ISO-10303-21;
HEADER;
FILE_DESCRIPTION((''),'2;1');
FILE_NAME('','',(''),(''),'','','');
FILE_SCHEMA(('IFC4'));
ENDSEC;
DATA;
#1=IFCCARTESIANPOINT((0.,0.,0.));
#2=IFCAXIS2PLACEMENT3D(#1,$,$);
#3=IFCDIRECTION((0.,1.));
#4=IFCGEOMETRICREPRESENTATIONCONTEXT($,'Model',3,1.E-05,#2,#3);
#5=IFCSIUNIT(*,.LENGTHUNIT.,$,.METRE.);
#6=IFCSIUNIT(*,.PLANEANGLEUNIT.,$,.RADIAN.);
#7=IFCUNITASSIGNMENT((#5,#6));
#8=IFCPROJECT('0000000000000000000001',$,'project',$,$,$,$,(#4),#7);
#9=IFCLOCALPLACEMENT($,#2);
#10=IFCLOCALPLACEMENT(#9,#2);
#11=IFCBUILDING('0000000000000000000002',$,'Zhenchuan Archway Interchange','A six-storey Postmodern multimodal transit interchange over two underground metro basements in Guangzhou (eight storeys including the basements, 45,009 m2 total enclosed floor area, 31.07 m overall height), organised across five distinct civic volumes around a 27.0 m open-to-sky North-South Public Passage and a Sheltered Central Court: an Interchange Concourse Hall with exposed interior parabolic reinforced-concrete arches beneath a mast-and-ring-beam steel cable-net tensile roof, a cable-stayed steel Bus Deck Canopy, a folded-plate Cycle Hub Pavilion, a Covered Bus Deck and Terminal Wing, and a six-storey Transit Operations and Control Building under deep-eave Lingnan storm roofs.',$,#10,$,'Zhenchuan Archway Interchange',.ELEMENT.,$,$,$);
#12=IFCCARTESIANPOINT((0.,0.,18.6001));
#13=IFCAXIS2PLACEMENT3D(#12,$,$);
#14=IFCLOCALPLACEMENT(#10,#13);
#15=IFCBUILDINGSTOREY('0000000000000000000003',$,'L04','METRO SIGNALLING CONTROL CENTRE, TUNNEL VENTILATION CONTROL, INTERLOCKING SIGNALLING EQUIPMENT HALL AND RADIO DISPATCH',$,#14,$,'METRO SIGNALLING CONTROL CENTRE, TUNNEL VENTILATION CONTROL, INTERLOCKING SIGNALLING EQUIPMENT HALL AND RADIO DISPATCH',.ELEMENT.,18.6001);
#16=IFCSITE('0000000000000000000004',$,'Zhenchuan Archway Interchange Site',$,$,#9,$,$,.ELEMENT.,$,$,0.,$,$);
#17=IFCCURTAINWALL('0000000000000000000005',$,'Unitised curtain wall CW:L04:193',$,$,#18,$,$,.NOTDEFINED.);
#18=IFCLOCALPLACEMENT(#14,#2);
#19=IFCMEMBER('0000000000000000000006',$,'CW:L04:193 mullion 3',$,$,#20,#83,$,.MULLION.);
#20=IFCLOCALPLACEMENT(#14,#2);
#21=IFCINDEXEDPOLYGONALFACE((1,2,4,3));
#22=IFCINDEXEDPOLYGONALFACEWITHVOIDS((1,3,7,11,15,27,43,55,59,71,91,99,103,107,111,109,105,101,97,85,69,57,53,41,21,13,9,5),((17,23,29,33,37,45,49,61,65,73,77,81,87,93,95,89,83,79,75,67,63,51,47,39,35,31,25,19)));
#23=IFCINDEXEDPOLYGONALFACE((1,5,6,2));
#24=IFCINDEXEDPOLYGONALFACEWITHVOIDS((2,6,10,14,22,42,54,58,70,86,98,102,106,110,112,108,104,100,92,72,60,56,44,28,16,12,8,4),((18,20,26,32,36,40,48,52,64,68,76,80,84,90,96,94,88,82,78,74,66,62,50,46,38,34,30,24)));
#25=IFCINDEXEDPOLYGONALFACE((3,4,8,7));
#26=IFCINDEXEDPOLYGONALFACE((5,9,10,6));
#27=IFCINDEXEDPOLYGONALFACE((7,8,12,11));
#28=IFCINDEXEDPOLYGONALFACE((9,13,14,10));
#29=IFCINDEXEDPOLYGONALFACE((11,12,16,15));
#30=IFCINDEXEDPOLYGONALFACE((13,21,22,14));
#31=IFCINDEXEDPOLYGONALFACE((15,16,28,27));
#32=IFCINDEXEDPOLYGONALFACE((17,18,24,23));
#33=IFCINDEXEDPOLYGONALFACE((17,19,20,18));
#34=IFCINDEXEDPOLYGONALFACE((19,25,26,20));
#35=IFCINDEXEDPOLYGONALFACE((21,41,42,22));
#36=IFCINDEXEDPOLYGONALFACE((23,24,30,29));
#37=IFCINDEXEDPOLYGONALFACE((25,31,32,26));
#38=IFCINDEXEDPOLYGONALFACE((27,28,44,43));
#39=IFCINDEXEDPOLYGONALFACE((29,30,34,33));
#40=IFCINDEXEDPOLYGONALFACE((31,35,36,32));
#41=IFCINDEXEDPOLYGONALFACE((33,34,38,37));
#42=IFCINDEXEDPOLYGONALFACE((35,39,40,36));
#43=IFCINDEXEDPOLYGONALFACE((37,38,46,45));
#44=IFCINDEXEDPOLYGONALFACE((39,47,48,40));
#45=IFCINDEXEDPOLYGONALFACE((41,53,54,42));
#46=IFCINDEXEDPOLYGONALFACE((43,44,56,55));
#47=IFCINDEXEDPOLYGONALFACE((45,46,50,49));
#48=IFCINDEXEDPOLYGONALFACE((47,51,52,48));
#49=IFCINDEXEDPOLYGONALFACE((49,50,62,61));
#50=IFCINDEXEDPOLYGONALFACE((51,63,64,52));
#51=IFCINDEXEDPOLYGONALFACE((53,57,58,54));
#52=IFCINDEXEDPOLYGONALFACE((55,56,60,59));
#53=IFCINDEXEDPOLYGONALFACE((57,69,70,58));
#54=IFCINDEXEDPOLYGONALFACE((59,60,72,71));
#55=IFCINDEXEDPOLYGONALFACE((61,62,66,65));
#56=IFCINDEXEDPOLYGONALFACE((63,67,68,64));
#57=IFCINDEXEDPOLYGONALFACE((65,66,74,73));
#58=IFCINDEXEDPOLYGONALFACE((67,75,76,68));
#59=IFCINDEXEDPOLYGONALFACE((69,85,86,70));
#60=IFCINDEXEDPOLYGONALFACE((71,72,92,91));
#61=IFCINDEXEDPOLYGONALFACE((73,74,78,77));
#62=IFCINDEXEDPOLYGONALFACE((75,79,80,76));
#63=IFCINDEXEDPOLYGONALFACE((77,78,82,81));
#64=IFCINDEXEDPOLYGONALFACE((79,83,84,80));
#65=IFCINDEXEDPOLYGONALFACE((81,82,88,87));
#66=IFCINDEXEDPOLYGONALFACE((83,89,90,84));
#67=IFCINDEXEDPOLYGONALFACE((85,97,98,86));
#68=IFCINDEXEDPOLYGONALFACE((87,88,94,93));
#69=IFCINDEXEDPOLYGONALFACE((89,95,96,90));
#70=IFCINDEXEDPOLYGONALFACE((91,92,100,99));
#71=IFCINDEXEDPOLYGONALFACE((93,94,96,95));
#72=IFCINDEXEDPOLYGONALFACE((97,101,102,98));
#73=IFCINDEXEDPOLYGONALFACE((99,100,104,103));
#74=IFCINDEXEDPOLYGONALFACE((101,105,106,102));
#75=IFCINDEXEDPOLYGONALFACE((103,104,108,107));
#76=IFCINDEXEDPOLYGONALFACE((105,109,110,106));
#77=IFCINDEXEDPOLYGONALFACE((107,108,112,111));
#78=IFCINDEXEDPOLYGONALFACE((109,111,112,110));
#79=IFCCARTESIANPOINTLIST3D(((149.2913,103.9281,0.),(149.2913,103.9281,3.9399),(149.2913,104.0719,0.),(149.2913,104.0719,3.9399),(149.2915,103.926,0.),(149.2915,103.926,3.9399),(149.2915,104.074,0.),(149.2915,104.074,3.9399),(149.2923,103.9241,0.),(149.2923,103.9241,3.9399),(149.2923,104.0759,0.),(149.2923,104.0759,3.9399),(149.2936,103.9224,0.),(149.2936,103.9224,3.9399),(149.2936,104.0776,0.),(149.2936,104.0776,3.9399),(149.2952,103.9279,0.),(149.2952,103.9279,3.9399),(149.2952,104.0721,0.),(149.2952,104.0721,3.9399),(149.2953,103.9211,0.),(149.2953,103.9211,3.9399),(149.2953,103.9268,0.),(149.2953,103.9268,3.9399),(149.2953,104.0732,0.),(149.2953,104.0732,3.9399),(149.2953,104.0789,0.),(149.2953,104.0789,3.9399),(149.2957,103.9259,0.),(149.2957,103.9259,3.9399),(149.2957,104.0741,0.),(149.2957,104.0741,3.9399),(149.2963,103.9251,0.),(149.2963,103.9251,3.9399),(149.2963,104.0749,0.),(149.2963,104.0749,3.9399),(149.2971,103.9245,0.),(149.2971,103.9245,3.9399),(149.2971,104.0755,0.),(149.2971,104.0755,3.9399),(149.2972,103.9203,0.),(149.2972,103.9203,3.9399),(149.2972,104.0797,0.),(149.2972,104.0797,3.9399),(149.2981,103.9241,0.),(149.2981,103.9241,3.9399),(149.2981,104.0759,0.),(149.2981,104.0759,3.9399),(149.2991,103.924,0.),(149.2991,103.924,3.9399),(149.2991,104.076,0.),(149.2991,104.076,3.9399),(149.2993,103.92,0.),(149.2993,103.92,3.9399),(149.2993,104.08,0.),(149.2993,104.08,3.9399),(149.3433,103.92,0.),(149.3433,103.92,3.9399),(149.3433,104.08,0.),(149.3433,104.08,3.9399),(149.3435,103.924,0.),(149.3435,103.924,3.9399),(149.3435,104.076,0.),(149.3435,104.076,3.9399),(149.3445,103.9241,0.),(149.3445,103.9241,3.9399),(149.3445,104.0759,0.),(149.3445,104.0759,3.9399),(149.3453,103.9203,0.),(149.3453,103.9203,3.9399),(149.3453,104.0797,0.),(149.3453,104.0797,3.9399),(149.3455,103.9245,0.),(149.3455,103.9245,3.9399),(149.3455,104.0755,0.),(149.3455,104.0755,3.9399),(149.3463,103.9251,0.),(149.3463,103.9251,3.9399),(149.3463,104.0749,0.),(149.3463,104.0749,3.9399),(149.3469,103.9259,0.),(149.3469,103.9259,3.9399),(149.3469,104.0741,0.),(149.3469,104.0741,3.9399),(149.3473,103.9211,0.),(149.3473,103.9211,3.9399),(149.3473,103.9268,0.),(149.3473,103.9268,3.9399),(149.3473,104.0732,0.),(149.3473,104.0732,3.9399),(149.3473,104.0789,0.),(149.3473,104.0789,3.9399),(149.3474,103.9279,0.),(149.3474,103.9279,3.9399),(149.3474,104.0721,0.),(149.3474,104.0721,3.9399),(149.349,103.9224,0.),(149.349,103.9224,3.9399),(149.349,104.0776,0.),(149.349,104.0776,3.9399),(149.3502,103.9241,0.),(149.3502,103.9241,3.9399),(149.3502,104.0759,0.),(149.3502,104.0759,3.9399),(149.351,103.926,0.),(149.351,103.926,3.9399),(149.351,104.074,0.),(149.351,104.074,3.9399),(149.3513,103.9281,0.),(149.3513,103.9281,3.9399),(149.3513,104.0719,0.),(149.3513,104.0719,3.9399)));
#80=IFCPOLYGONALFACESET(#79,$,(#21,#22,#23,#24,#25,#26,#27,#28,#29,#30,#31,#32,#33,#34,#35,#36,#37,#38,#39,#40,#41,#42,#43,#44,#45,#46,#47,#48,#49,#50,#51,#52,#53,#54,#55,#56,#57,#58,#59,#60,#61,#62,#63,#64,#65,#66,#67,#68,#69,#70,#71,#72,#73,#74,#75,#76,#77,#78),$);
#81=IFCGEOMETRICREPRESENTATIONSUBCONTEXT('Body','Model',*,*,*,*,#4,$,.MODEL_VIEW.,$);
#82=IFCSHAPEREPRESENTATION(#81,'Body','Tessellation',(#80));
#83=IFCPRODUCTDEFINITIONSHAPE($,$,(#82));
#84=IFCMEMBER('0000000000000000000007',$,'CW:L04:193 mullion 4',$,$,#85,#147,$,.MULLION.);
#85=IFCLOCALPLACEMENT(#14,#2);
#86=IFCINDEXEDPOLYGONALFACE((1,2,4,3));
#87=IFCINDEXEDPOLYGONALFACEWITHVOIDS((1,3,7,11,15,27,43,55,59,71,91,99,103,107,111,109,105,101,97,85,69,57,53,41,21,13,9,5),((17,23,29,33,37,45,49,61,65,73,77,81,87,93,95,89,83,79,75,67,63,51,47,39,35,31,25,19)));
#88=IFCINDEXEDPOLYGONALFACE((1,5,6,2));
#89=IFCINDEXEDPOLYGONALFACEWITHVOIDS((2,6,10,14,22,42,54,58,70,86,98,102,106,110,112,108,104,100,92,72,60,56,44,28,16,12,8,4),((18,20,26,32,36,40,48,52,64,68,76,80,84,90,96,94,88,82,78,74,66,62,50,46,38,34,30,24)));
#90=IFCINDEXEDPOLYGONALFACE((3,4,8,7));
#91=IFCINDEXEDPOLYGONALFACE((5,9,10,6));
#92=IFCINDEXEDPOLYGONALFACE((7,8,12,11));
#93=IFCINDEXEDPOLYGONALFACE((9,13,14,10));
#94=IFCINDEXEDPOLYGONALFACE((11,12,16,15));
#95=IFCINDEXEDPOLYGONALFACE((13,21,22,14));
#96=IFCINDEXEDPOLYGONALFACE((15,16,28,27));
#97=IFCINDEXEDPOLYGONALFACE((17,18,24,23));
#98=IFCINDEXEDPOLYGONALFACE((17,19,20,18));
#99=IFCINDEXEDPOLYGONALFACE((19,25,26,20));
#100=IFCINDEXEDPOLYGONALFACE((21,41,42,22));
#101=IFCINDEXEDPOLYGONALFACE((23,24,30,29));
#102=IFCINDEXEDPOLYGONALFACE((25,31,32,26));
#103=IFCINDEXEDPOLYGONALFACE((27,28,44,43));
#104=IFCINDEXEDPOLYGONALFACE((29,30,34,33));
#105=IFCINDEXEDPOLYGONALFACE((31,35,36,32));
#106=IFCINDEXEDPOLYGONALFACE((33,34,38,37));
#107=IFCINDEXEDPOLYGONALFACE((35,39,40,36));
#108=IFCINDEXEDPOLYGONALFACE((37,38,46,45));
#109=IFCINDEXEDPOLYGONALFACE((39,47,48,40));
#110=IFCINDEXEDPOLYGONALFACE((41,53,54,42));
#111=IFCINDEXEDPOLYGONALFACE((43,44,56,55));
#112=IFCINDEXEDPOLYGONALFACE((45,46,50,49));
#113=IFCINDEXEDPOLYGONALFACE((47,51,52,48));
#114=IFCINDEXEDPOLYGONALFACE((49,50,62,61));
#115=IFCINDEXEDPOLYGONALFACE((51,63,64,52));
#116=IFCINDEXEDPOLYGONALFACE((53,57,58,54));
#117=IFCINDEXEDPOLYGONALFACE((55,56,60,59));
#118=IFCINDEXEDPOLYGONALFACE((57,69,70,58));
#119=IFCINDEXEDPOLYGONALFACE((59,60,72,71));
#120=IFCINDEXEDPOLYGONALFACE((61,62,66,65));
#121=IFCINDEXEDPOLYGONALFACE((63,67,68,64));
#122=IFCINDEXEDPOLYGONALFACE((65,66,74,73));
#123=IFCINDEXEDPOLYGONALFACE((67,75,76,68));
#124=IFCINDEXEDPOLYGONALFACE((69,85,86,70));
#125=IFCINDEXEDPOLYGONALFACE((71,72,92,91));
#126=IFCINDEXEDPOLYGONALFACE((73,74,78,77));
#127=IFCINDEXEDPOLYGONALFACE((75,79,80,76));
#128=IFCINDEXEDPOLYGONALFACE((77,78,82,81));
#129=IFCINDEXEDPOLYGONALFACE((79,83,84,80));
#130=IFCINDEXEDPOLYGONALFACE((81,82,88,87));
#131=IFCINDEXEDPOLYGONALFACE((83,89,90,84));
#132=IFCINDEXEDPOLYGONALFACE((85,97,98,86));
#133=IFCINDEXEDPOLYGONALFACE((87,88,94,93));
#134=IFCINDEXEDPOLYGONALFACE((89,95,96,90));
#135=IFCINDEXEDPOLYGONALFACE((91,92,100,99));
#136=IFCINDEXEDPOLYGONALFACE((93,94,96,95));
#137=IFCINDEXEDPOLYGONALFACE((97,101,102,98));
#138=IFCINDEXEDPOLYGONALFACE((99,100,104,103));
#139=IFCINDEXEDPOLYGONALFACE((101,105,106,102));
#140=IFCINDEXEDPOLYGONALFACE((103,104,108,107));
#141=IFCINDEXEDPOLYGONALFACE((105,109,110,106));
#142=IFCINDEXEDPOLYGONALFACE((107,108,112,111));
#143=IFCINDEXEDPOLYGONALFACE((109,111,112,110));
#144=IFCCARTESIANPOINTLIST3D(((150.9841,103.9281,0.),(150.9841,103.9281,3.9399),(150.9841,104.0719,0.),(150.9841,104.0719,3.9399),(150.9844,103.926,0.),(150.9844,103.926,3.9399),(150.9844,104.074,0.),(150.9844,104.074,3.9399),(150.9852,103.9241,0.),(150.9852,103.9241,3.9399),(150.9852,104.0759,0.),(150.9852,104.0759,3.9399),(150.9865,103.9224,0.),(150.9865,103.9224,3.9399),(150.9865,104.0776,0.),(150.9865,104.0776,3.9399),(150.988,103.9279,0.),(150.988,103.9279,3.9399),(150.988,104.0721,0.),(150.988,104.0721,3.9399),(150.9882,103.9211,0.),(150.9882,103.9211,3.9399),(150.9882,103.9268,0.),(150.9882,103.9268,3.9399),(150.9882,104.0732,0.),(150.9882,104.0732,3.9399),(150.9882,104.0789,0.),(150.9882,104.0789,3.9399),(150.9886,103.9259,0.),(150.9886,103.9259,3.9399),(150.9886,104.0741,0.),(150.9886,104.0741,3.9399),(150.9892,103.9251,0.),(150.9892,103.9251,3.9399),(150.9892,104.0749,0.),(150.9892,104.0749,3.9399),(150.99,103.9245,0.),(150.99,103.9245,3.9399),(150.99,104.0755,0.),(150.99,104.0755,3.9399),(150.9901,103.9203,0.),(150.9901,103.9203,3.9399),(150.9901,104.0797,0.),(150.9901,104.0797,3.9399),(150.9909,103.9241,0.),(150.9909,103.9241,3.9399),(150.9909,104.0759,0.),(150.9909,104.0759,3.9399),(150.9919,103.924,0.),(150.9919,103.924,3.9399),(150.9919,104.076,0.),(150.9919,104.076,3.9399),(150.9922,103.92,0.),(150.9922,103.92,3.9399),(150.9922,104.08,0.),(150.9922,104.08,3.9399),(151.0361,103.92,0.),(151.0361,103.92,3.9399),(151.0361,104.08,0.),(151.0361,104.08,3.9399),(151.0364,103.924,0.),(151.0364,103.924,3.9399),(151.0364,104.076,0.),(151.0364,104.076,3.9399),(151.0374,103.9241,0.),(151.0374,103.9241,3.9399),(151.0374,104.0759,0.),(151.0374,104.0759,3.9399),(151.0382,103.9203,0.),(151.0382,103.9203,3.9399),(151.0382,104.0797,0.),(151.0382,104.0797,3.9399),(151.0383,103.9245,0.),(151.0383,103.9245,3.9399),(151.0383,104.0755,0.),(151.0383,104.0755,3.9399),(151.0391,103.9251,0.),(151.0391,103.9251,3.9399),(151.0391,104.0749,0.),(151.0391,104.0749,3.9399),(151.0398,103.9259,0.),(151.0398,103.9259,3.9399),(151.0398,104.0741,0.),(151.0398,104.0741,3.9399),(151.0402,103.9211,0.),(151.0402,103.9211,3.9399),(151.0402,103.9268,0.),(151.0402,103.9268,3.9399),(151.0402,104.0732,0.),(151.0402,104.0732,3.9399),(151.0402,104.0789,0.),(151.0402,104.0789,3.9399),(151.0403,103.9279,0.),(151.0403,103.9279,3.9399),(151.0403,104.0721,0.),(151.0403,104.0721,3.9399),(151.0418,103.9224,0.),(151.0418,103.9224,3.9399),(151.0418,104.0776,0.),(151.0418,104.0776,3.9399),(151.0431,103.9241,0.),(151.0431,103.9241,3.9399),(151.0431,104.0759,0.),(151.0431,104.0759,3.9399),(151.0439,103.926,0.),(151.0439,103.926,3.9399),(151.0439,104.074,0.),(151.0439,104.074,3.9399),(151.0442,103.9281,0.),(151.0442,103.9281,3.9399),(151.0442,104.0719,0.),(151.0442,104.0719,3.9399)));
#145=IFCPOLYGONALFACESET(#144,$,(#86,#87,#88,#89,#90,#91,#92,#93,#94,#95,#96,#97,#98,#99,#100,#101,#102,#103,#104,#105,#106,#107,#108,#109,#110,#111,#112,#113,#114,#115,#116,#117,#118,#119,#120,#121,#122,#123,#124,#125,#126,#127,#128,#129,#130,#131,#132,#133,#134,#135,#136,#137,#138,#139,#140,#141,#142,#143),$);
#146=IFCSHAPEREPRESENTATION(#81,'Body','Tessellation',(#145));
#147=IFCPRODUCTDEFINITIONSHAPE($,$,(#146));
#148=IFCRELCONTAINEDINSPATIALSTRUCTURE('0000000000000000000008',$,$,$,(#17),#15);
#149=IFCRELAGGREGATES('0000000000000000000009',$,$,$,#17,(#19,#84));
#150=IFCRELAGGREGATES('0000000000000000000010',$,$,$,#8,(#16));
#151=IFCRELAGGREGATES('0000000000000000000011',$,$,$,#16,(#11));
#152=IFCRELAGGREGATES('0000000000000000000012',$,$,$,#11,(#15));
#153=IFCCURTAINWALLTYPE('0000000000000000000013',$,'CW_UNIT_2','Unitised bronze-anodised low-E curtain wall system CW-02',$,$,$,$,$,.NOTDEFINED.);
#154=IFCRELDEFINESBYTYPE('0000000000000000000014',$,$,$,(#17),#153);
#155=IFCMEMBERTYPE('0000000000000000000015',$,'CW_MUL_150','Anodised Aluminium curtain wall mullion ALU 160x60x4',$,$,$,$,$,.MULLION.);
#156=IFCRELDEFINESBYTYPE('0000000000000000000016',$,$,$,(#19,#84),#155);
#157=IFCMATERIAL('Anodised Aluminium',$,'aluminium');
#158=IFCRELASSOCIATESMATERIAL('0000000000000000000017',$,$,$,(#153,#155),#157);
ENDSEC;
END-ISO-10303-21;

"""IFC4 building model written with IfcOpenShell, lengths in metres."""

from ifc_helpers import new_model, si_unit, direction, frame, origin, origin_2d, place, context, subcontext, project, spatial, hollow_rectangle, extrude, material, material_profile, profile_set, type_object, element, aggregate, save


model = new_model("IFC4")

# Units and contexts
model_context = context("Model", 3, precision=1e-05, world=origin(), true_north=direction((0.0, 1.0)))
body_context = subcontext(model_context, "Body", "Model", "MODEL_VIEW")
ifc_project = project(units=[si_unit("LENGTHUNIT", "METRE"), si_unit("PLANEANGLEUNIT", "RADIAN")], contexts=[model_context])

# Site, building, storey
site_placement = place(None, origin())
site = spatial("IfcSite", under=ifc_project, at=site_placement, Name="Zhenchuan Archway Interchange Site", CompositionType="ELEMENT", RefElevation=0.0)
building_placement = place(site_placement, origin())
building = spatial("IfcBuilding", under=site, at=building_placement, Name="Zhenchuan Archway Interchange", Description="A six-storey Postmodern multimodal transit interchange over two underground metro basements in Guangzhou (eight storeys including the basements, 45,009 m2 total enclosed floor area, 31.07 m overall height), organised across five distinct civic volumes around a 27.0 m open-to-sky North-South Public Passage and a Sheltered Central Court: an Interchange Concourse Hall with exposed interior parabolic reinforced-concrete arches beneath a mast-and-ring-beam steel cable-net tensile roof, a cable-stayed steel Bus Deck Canopy, a folded-plate Cycle Hub Pavilion, a Covered Bus Deck and Terminal Wing, and a six-storey Transit Operations and Control Building under deep-eave Lingnan storm roofs.", LongName="Zhenchuan Archway Interchange", CompositionType="ELEMENT")
storey_placement = place(building_placement, frame((0.0, 0.0, 18.6001)))
storey = spatial("IfcBuildingStorey", under=building, at=storey_placement, Name="L04", Description="METRO SIGNALLING CONTROL CENTRE, TUNNEL VENTILATION CONTROL, INTERLOCKING SIGNALLING EQUIPMENT HALL AND RADIO DISPATCH", LongName="METRO SIGNALLING CONTROL CENTRE, TUNNEL VENTILATION CONTROL, INTERLOCKING SIGNALLING EQUIPMENT HALL AND RADIO DISPATCH", CompositionType="ELEMENT", Elevation=18.6001)

# Curtain wall, members
ifc_material_1 = material(Name="Anodised Aluminium", Category="aluminium")
curtain_wall_type = type_object("IfcCurtainWallType", Name="CW_UNIT_2", Description="Unitised bronze-anodised low-E curtain wall system CW-02", PredefinedType="NOTDEFINED", material=ifc_material_1)
curtain_wall_placement = place(storey_placement, origin())
curtain_wall = element("IfcCurtainWall", 1, at=curtain_wall_placement, inside=storey, type_object=curtain_wall_type, Name="Unitised curtain wall CW:L04:193", PredefinedType="NOTDEFINED")
ifc_material_profile_1 = material_profile(ifc_material_1, hollow_rectangle(XDim=0.0601, YDim=0.1599, WallThickness=0.0039, InnerFilletRadius=0.0039, OuterFilletRadius=0.0081, at=origin_2d()), Name="ALU 160x60x4")
ifc_profile_set_1 = profile_set([ifc_material_profile_1], Name="Anodised Aluminium")
member_type_1 = type_object("IfcMemberType", Name="CW_MUL_150", Description="Anodised Aluminium curtain wall mullion ALU 160x60x4", PredefinedType="MULLION", material=ifc_profile_set_1)
member_1_placement = place(storey_placement, frame((149.3213, 104.0, 0.0), z_axis=(0.0, 0.0, 1.0), x_axis=(1.0, 0.0, 0.0)))
member_1 = element("IfcMember", 2, at=member_1_placement, type_object=member_type_1, Name="CW:L04:193 mullion 3", PredefinedType="MULLION", context=body_context, shape_type="SweptSolid", body=[
    extrude(hollow_rectangle(XDim=0.0601, YDim=0.1599, WallThickness=0.0039, InnerFilletRadius=0.0039, OuterFilletRadius=0.0081, at=origin_2d()), origin(), (0.0, 0.0, 1.0), 3.9399),
])
member_2_placement = place(storey_placement, frame((151.0142, 104.0, 0.0), z_axis=(0.0, 0.0, 1.0), x_axis=(1.0, 0.0, 0.0)))
member_2 = element("IfcMember", 3, at=member_2_placement, type_object=member_type_1, Name="CW:L04:193 mullion 4", PredefinedType="MULLION", context=body_context, shape_type="SweptSolid", body=[
    extrude(hollow_rectangle(XDim=0.0601, YDim=0.1599, WallThickness=0.0039, InnerFilletRadius=0.0039, OuterFilletRadius=0.0081, at=origin_2d()), origin(), (0.0, 0.0, 1.0), 3.9399),
])
aggregate(curtain_wall, [member_1, member_2])

save(model, "model.ifc")
